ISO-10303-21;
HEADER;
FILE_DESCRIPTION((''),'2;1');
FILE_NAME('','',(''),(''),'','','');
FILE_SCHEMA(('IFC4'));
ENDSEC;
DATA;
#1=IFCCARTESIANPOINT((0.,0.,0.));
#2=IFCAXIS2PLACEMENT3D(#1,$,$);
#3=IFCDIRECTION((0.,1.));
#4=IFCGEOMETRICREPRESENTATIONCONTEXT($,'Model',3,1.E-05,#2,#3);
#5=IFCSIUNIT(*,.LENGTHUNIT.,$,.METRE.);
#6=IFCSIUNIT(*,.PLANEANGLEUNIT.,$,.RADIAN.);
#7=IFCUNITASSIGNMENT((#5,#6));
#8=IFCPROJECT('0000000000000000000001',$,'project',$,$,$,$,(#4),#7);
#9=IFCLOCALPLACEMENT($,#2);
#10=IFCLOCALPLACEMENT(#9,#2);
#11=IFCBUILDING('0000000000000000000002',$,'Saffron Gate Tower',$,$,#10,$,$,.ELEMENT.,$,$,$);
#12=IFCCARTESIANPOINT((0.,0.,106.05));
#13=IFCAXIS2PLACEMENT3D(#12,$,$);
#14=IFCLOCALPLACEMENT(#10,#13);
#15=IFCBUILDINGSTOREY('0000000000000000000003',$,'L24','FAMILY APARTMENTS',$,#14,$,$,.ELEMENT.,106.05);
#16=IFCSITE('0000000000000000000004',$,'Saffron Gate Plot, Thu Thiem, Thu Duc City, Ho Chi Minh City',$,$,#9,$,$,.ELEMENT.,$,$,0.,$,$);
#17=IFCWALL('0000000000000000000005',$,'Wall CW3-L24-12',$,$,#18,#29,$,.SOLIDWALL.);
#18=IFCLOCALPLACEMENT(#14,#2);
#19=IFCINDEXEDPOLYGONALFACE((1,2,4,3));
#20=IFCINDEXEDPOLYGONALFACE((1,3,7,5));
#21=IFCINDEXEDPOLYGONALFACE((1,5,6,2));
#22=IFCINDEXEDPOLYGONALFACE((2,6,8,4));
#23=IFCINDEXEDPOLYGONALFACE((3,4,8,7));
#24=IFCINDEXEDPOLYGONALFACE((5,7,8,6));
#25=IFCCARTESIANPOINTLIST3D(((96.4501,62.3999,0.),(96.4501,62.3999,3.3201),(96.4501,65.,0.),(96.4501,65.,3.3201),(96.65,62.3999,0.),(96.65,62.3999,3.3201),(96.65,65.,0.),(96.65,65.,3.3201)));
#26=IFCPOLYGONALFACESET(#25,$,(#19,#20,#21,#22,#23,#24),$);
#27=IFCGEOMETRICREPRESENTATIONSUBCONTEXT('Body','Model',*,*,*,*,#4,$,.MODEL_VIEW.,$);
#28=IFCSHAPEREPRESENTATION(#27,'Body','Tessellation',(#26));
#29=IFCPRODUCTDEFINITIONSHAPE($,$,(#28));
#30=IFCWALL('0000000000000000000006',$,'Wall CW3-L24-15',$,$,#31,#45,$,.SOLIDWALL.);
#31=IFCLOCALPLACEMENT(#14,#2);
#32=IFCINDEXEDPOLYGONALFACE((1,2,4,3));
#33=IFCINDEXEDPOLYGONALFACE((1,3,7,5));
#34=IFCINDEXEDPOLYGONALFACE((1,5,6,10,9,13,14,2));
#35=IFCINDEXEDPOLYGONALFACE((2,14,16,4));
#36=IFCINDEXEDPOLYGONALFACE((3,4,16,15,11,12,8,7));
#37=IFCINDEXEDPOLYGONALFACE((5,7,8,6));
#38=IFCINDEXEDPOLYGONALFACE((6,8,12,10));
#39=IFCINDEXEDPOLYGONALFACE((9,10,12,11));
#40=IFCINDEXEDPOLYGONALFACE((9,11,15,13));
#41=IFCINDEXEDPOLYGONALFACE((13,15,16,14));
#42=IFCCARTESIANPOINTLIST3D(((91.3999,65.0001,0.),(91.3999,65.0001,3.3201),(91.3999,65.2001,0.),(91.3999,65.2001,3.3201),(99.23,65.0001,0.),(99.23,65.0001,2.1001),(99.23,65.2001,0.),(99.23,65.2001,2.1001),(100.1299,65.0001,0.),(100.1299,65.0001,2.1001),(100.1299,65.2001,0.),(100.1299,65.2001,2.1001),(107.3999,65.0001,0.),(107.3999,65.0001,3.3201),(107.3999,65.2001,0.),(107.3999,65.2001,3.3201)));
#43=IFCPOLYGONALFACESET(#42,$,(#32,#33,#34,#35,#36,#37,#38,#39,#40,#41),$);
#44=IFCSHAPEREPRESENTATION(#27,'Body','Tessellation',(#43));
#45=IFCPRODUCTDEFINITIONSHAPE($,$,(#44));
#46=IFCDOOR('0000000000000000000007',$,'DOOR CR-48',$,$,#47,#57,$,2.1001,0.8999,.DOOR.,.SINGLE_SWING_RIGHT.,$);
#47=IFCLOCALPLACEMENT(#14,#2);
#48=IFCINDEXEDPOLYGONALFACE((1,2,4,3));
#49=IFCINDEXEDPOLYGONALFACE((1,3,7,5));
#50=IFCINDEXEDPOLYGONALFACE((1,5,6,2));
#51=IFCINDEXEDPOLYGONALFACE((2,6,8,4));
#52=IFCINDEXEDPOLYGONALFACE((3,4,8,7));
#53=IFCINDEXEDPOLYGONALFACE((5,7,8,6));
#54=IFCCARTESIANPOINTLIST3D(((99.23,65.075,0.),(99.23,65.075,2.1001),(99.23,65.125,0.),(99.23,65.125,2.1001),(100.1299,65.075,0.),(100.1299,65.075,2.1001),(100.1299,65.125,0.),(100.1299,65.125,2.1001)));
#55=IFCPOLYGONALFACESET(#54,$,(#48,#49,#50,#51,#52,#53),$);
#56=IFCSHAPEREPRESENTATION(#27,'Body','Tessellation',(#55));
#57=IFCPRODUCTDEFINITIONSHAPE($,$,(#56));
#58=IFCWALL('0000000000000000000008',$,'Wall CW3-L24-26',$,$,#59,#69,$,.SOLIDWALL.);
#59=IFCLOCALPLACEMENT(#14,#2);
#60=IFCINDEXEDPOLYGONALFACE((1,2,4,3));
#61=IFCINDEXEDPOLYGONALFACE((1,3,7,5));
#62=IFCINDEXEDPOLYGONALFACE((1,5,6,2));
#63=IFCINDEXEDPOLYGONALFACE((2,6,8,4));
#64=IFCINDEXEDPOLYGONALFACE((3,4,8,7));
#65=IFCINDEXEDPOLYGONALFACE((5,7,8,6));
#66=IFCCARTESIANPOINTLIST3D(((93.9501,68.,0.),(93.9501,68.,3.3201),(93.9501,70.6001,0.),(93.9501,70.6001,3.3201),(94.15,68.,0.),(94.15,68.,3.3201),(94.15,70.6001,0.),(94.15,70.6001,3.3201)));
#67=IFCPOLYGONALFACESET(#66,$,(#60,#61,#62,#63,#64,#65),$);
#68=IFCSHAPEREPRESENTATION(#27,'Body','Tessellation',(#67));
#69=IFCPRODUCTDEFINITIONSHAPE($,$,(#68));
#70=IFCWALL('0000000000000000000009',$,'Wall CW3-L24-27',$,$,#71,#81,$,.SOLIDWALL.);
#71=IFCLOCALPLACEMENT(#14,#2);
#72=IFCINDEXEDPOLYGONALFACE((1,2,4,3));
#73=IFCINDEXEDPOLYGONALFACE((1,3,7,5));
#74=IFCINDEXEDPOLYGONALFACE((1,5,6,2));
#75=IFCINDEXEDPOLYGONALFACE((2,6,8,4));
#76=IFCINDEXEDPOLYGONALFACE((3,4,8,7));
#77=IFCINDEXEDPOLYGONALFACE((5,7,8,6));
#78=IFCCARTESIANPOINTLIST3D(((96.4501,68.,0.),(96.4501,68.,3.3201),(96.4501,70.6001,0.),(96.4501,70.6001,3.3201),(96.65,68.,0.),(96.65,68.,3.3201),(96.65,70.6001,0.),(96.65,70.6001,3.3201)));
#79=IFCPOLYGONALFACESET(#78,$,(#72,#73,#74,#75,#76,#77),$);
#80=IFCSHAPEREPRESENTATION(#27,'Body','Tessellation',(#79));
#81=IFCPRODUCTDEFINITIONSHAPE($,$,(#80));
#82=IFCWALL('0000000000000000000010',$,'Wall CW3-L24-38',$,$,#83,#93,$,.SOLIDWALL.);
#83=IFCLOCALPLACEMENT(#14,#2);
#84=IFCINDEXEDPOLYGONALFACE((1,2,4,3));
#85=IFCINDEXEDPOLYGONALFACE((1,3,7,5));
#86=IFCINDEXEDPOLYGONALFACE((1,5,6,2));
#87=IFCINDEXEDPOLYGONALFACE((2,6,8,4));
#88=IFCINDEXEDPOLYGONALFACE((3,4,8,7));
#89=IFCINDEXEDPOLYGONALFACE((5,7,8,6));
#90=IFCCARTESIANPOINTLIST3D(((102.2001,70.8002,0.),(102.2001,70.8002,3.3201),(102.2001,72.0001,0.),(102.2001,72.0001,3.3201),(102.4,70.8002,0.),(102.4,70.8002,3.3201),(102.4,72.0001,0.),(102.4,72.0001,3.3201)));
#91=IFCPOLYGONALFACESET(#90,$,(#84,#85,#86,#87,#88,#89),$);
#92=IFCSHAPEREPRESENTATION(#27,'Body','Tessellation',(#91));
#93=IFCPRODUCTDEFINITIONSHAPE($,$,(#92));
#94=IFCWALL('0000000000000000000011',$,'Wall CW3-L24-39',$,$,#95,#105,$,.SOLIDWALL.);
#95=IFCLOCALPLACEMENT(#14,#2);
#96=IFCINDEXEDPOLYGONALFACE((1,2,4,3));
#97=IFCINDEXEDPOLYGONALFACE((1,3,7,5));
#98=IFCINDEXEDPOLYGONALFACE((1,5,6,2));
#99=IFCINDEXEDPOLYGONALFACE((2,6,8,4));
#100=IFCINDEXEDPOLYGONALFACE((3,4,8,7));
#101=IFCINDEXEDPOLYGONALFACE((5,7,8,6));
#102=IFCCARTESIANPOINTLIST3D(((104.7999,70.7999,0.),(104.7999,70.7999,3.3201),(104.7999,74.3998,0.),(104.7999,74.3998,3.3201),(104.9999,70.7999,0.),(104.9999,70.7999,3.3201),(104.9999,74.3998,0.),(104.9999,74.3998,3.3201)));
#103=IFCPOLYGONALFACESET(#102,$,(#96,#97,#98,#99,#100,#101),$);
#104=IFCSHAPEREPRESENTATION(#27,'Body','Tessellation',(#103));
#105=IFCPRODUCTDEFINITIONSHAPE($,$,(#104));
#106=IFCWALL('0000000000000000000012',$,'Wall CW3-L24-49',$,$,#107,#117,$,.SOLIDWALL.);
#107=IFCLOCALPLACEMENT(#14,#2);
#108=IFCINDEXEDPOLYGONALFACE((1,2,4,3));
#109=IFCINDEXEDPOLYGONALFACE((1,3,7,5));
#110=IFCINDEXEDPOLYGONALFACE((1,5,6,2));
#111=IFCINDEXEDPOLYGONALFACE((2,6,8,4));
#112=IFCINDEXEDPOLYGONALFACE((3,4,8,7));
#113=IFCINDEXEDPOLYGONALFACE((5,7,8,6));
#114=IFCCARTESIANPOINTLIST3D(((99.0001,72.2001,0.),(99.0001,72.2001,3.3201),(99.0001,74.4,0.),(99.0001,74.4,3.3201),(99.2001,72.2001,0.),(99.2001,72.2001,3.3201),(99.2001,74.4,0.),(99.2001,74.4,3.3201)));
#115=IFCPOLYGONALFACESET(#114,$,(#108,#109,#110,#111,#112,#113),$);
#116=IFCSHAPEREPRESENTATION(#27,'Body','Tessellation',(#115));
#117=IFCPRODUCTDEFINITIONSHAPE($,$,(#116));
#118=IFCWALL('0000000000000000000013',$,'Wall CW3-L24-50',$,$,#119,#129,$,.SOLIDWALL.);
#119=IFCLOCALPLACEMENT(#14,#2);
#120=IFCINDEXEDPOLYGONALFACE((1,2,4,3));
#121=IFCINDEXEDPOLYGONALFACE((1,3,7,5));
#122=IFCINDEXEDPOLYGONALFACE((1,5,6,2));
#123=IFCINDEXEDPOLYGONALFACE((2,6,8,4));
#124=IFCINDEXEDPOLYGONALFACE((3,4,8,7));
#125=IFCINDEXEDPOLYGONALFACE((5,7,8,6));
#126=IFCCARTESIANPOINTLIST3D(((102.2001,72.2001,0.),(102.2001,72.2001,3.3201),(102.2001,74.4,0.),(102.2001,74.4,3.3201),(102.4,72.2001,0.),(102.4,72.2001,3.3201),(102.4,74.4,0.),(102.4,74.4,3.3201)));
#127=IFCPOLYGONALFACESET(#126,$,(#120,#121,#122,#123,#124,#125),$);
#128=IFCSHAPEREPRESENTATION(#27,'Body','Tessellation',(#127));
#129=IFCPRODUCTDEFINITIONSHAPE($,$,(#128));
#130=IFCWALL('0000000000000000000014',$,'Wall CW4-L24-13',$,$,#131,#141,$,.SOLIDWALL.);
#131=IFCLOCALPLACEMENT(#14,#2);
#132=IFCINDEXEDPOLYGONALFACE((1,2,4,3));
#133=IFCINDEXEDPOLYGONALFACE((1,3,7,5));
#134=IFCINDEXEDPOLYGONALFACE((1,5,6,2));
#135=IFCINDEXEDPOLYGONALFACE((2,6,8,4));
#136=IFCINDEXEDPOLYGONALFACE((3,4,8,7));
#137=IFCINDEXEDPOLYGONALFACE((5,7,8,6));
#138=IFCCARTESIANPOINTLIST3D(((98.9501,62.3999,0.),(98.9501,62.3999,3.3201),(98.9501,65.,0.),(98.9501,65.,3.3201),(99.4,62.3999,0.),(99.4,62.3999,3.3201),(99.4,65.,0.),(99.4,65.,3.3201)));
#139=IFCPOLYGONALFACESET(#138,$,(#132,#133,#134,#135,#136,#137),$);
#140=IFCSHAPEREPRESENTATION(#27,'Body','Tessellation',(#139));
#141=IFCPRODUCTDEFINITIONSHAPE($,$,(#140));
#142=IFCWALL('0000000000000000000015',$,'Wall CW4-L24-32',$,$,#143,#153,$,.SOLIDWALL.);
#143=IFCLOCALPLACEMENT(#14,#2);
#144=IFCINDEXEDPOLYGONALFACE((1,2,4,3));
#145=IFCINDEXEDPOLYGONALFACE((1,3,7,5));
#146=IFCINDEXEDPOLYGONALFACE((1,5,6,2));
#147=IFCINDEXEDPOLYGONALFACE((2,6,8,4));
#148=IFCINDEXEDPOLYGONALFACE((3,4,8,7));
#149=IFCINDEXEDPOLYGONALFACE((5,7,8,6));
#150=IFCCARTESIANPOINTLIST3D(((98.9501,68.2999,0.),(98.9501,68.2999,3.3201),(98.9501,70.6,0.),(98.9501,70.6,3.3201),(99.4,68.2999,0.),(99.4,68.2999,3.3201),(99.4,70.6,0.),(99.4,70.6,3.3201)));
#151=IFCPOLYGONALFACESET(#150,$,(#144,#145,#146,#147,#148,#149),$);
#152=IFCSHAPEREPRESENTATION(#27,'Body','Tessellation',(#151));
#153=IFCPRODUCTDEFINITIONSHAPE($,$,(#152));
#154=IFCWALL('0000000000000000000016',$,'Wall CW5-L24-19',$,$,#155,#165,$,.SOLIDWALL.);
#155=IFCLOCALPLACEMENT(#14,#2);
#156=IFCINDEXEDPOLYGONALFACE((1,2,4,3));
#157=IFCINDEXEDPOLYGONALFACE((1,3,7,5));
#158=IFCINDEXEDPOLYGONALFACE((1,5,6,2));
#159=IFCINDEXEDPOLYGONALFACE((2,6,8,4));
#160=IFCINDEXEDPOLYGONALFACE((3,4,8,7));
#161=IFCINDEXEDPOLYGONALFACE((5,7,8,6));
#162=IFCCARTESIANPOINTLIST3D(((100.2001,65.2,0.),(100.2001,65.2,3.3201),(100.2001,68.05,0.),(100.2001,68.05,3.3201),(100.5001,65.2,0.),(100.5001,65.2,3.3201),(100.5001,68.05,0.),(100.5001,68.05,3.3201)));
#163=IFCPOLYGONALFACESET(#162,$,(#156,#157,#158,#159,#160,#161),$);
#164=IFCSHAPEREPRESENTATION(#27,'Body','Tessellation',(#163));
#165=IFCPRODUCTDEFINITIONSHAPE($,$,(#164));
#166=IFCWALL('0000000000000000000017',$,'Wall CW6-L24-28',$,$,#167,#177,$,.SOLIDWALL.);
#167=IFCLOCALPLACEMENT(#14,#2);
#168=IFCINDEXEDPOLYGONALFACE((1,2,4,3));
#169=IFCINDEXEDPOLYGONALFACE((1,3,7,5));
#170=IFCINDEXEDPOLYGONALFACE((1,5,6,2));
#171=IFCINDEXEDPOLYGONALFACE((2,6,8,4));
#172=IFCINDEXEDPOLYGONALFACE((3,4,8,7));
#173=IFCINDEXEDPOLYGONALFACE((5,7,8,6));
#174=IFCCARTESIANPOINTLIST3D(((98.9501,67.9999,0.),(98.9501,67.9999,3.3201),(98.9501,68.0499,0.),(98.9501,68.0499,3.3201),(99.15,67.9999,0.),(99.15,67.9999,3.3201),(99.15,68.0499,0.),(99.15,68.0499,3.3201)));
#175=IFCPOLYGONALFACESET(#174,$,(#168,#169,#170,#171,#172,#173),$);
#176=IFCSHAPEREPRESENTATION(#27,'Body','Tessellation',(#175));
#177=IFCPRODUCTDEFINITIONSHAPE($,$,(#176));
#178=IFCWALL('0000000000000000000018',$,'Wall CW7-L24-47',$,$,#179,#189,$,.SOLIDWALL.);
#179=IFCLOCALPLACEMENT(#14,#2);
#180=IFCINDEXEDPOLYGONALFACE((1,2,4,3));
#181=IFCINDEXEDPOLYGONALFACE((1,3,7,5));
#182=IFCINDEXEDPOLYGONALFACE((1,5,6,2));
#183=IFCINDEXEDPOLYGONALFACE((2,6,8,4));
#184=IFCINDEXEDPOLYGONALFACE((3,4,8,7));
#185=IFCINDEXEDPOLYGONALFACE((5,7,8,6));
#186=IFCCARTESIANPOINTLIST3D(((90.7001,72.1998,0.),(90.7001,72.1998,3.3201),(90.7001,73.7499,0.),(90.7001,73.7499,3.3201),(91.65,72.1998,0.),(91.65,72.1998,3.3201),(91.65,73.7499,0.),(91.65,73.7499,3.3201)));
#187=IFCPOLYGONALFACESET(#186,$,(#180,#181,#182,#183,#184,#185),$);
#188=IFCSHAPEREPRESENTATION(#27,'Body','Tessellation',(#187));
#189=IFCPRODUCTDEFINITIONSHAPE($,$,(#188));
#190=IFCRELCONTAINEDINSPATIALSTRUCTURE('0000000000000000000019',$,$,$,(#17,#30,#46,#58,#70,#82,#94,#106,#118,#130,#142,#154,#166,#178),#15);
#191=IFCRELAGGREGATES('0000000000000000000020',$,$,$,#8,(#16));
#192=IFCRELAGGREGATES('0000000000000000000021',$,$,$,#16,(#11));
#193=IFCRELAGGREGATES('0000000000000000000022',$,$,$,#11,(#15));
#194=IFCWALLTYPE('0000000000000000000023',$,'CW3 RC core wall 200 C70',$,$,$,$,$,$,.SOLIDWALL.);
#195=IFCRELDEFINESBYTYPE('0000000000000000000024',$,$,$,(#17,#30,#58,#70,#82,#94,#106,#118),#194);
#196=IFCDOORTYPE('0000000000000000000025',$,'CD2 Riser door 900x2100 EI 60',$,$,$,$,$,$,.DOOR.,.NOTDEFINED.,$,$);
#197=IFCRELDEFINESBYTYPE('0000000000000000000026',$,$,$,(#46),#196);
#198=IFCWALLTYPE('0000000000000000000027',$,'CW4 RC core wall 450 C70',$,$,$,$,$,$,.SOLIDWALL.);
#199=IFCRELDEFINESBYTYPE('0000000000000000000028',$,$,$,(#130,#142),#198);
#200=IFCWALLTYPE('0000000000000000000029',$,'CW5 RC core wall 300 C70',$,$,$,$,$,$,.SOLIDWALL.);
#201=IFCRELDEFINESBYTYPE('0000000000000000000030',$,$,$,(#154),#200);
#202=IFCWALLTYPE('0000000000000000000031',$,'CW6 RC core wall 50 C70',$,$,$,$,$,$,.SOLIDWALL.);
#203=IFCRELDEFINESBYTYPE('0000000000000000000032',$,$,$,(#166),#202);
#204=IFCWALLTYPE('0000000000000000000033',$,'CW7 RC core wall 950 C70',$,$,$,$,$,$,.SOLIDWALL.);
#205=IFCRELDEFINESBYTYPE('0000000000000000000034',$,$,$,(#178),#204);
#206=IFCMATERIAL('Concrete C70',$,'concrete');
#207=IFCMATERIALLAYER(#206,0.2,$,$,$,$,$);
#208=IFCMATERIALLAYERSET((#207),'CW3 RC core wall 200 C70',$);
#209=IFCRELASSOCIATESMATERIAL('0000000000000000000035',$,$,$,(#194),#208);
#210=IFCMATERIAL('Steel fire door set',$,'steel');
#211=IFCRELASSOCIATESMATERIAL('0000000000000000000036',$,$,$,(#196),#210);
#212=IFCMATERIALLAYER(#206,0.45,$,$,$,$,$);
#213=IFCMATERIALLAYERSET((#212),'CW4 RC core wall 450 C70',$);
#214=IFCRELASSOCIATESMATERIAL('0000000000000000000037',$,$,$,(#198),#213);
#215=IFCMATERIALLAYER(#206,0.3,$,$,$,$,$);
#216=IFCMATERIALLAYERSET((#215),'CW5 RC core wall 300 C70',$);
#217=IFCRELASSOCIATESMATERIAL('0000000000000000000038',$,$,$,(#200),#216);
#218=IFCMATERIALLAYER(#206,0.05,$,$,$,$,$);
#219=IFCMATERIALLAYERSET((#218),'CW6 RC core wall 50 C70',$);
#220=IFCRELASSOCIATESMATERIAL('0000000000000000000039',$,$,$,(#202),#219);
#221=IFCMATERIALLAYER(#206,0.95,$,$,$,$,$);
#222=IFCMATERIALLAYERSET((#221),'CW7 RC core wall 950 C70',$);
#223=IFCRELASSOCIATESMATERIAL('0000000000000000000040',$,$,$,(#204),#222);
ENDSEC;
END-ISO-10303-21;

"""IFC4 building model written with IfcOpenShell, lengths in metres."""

from ifc_helpers import new_model, si_unit, direction, frame, frame_2d, origin, place, context, subcontext, project, spatial, rectangle, extrude, material, layer, layer_set, type_object, element, fill, save


model = new_model("IFC4")

# Units and contexts
model_context = context("Model", 3, precision=1e-05, world=origin(), true_north=direction((0.0, 1.0)))
body_context = subcontext(model_context, "Body", "Model", "MODEL_VIEW")
ifc_project = project(units=[si_unit("LENGTHUNIT", "METRE"), si_unit("PLANEANGLEUNIT", "RADIAN")], contexts=[model_context])

# Site, building, storey
site_placement = place(None, origin())
site = spatial("IfcSite", under=ifc_project, at=site_placement, Name="Saffron Gate Plot, Thu Thiem, Thu Duc City, Ho Chi Minh City", CompositionType="ELEMENT", RefElevation=0.0)
building_placement = place(site_placement, origin())
building = spatial("IfcBuilding", under=site, at=building_placement, Name="Saffron Gate Tower", CompositionType="ELEMENT")
storey_placement = place(building_placement, frame((0.0, 0.0, 106.05)))
storey = spatial("IfcBuildingStorey", under=building, at=storey_placement, Name="L24", Description="FAMILY APARTMENTS", CompositionType="ELEMENT", Elevation=106.05)

# Shared definitions
ifc_material_1 = material(Name="Concrete C70", Category="concrete")
ifc_material_2 = material(Name="Steel fire door set", Category="steel")

# Wall
ifc_layer_1 = layer(ifc_material_1, 0.2)
ifc_layer_set_1 = layer_set([ifc_layer_1], Name="CW3 RC core wall 200 C70")
wall_type_1 = type_object("IfcWallType", Name="CW3 RC core wall 200 C70", PredefinedType="SOLIDWALL", material=ifc_layer_set_1)
for number, where, z_axis, x_axis, name in (
    (1, (96.55, 62.3999, 0.0), (0.0, 0.0, 1.0), (0.0, 1.0, 0.0), "Wall CW3-L24-12"),
):
    element("IfcWall", number, at=place(storey_placement, frame(where, z_axis=z_axis, x_axis=x_axis)), inside=storey, type_object=wall_type_1, Name=name, PredefinedType="SOLIDWALL", context=body_context, shape_type="SweptSolid", body=[
        extrude(rectangle(XDim=2.6001, YDim=0.2, at=frame_2d((1.3, 0.0))), origin(), (0.0, 0.0, 1.0), 3.3201),
    ])

# Wall, opening, door
wall_1_placement = place(storey_placement, frame((91.3999, 65.1001, 0.0), z_axis=(0.0, 0.0, 1.0), x_axis=(1.0, 0.0, 0.0)))
wall_1 = element("IfcWall", 2, at=wall_1_placement, inside=storey, type_object=wall_type_1, Name="Wall CW3-L24-15", PredefinedType="SOLIDWALL", context=body_context, shape_type="SweptSolid", body=[
    extrude(rectangle(XDim=16.0, YDim=0.2, at=frame_2d((8.0, 0.0))), origin(), (0.0, 0.0, 1.0), 3.3201),
])
opening_1_placement = place(wall_1_placement, frame((7.8301, 0.0, 0.0)))
opening_1 = element("IfcOpeningElement", 3, at=opening_1_placement, cuts=wall_1, PredefinedType="OPENING", context=body_context, shape_type="SweptSolid", body=[
    extrude(rectangle(XDim=0.8999, YDim=2.1001, at=frame_2d((0.45, 1.05))), frame((0.0, 0.1099, 0.0), z_axis=(0.0, -1.0, 0.0), x_axis=(1.0, 0.0, 0.0)), (0.0, 0.0, 1.0), 0.22),
])
door_type_1 = type_object("IfcDoorType", Name="CD2 Riser door 900x2100 EI 60", OperationType="NOTDEFINED", PredefinedType="DOOR", material=ifc_material_2)
door_1_placement = place(opening_1_placement, origin())
door_1 = element("IfcDoor", 4, at=door_1_placement, inside=storey, type_object=door_type_1, Name="DOOR CR-48", OperationType="SINGLE_SWING_RIGHT", OverallHeight=2.1001, OverallWidth=0.8999, PredefinedType="DOOR", context=body_context, shape_type="SweptSolid", body=[
    extrude(rectangle(XDim=0.8999, YDim=2.1001, at=frame_2d((0.45, 1.05))), frame((0.0, 0.0249, 0.0), z_axis=(0.0, -1.0, 0.0), x_axis=(1.0, 0.0, 0.0)), (0.0, 0.0, 1.0), 0.05),
])
fill(opening_1, door_1)

# Walls
for number, where, z_axis, x_axis, name in (
    (5, (94.05, 68.0, 0.0), (0.0, 0.0, 1.0), (0.0, 1.0, 0.0), "Wall CW3-L24-26"),
    (6, (96.55, 68.0, 0.0), (0.0, 0.0, 1.0), (0.0, 1.0, 0.0), "Wall CW3-L24-27"),
):
    element("IfcWall", number, at=place(storey_placement, frame(where, z_axis=z_axis, x_axis=x_axis)), inside=storey, type_object=wall_type_1, Name=name, PredefinedType="SOLIDWALL", context=body_context, shape_type="SweptSolid", body=[
        extrude(rectangle(XDim=2.6001, YDim=0.2, at=frame_2d((1.3, 0.0))), origin(), (0.0, 0.0, 1.0), 3.3201),
    ])
wall_2_placement = place(storey_placement, frame((102.3, 70.8, 0.0), z_axis=(0.0, 0.0, 1.0), x_axis=(0.0, 1.0, 0.0)))
element("IfcWall", 7, at=wall_2_placement, inside=storey, type_object=wall_type_1, Name="Wall CW3-L24-38", PredefinedType="SOLIDWALL", context=body_context, shape_type="SweptSolid", body=[
    extrude(rectangle(XDim=1.2, YDim=0.2, at=frame_2d((0.6001, 0.0))), origin(), (0.0, 0.0, 1.0), 3.3201),
])
wall_3_placement = place(storey_placement, frame((104.8999, 70.8, 0.0), z_axis=(0.0, 0.0, 1.0), x_axis=(0.0, 1.0, 0.0)))
element("IfcWall", 8, at=wall_3_placement, inside=storey, type_object=wall_type_1, Name="Wall CW3-L24-39", PredefinedType="SOLIDWALL", context=body_context, shape_type="SweptSolid", body=[
    extrude(rectangle(XDim=3.5999, YDim=0.2, at=frame_2d((1.7998, 0.0))), origin(), (0.0, 0.0, 1.0), 3.3201),
])
for number, where, z_axis, x_axis, name in (
    (9, (99.1001, 72.2, 0.0), (0.0, 0.0, 1.0), (0.0, 1.0, 0.0), "Wall CW3-L24-49"),
    (10, (102.3, 72.2, 0.0), (0.0, 0.0, 1.0), (0.0, 1.0, 0.0), "Wall CW3-L24-50"),
):
    element("IfcWall", number, at=place(storey_placement, frame(where, z_axis=z_axis, x_axis=x_axis)), inside=storey, type_object=wall_type_1, Name=name, PredefinedType="SOLIDWALL", context=body_context, shape_type="SweptSolid", body=[
        extrude(rectangle(XDim=2.2, YDim=0.2, at=frame_2d((1.1001, 0.0))), origin(), (0.0, 0.0, 1.0), 3.3201),
    ])
ifc_layer_2 = layer(ifc_material_1, 0.45)
ifc_layer_set_2 = layer_set([ifc_layer_2], Name="CW4 RC core wall 450 C70")
wall_type_2 = type_object("IfcWallType", Name="CW4 RC core wall 450 C70", PredefinedType="SOLIDWALL", material=ifc_layer_set_2)
wall_4_placement = place(storey_placement, frame((99.175, 62.3999, 0.0), z_axis=(0.0, 0.0, 1.0), x_axis=(0.0, 1.0, 0.0)))
element("IfcWall", 11, at=wall_4_placement, inside=storey, type_object=wall_type_2, Name="Wall CW4-L24-13", PredefinedType="SOLIDWALL", context=body_context, shape_type="SweptSolid", body=[
    extrude(rectangle(XDim=2.6001, YDim=0.45, at=frame_2d((1.3, 0.0))), origin(), (0.0, 0.0, 1.0), 3.3201),
])
wall_5_placement = place(storey_placement, frame((99.175, 68.3, 0.0), z_axis=(0.0, 0.0, 1.0), x_axis=(0.0, 1.0, 0.0)))
element("IfcWall", 12, at=wall_5_placement, inside=storey, type_object=wall_type_2, Name="Wall CW4-L24-32", PredefinedType="SOLIDWALL", context=body_context, shape_type="SweptSolid", body=[
    extrude(rectangle(XDim=2.3, YDim=0.45, at=frame_2d((1.1499, 0.0))), origin(), (0.0, 0.0, 1.0), 3.3201),
])
ifc_layer_3 = layer(ifc_material_1, 0.3)
ifc_layer_set_3 = layer_set([ifc_layer_3], Name="CW5 RC core wall 300 C70")
wall_type_3 = type_object("IfcWallType", Name="CW5 RC core wall 300 C70", PredefinedType="SOLIDWALL", material=ifc_layer_set_3)
wall_6_placement = place(storey_placement, frame((100.3501, 65.2, 0.0), z_axis=(0.0, 0.0, 1.0), x_axis=(0.0, 1.0, 0.0)))
element("IfcWall", 13, at=wall_6_placement, inside=storey, type_object=wall_type_3, Name="Wall CW5-L24-19", PredefinedType="SOLIDWALL", context=body_context, shape_type="SweptSolid", body=[
    extrude(rectangle(XDim=2.8501, YDim=0.3, at=frame_2d((1.425, 0.0))), origin(), (0.0, 0.0, 1.0), 3.3201),
])
ifc_layer_4 = layer(ifc_material_1, 0.05)
ifc_layer_set_4 = layer_set([ifc_layer_4], Name="CW6 RC core wall 50 C70")
wall_type_4 = type_object("IfcWallType", Name="CW6 RC core wall 50 C70", PredefinedType="SOLIDWALL", material=ifc_layer_set_4)
wall_7_placement = place(storey_placement, frame((98.95, 68.0249, 0.0), z_axis=(0.0, 0.0, 1.0), x_axis=(1.0, 0.0, 0.0)))
element("IfcWall", 14, at=wall_7_placement, inside=storey, type_object=wall_type_4, Name="Wall CW6-L24-28", PredefinedType="SOLIDWALL", context=body_context, shape_type="SweptSolid", body=[
    extrude(rectangle(XDim=0.2, YDim=0.05, at=frame_2d((0.1001, 0.0))), origin(), (0.0, 0.0, 1.0), 3.3201),
])
ifc_layer_5 = layer(ifc_material_1, 0.95)
ifc_layer_set_5 = layer_set([ifc_layer_5], Name="CW7 RC core wall 950 C70")
wall_type_5 = type_object("IfcWallType", Name="CW7 RC core wall 950 C70", PredefinedType="SOLIDWALL", material=ifc_layer_set_5)
wall_8_placement = place(storey_placement, frame((91.175, 72.2, 0.0), z_axis=(0.0, 0.0, 1.0), x_axis=(0.0, 1.0, 0.0)))
element("IfcWall", 15, at=wall_8_placement, inside=storey, type_object=wall_type_5, Name="Wall CW7-L24-47", PredefinedType="SOLIDWALL", context=body_context, shape_type="SweptSolid", body=[
    extrude(rectangle(XDim=1.55, YDim=0.95, at=frame_2d((0.7749, 0.0))), origin(), (0.0, 0.0, 1.0), 3.3201),
])

save(model, "model.ifc")
